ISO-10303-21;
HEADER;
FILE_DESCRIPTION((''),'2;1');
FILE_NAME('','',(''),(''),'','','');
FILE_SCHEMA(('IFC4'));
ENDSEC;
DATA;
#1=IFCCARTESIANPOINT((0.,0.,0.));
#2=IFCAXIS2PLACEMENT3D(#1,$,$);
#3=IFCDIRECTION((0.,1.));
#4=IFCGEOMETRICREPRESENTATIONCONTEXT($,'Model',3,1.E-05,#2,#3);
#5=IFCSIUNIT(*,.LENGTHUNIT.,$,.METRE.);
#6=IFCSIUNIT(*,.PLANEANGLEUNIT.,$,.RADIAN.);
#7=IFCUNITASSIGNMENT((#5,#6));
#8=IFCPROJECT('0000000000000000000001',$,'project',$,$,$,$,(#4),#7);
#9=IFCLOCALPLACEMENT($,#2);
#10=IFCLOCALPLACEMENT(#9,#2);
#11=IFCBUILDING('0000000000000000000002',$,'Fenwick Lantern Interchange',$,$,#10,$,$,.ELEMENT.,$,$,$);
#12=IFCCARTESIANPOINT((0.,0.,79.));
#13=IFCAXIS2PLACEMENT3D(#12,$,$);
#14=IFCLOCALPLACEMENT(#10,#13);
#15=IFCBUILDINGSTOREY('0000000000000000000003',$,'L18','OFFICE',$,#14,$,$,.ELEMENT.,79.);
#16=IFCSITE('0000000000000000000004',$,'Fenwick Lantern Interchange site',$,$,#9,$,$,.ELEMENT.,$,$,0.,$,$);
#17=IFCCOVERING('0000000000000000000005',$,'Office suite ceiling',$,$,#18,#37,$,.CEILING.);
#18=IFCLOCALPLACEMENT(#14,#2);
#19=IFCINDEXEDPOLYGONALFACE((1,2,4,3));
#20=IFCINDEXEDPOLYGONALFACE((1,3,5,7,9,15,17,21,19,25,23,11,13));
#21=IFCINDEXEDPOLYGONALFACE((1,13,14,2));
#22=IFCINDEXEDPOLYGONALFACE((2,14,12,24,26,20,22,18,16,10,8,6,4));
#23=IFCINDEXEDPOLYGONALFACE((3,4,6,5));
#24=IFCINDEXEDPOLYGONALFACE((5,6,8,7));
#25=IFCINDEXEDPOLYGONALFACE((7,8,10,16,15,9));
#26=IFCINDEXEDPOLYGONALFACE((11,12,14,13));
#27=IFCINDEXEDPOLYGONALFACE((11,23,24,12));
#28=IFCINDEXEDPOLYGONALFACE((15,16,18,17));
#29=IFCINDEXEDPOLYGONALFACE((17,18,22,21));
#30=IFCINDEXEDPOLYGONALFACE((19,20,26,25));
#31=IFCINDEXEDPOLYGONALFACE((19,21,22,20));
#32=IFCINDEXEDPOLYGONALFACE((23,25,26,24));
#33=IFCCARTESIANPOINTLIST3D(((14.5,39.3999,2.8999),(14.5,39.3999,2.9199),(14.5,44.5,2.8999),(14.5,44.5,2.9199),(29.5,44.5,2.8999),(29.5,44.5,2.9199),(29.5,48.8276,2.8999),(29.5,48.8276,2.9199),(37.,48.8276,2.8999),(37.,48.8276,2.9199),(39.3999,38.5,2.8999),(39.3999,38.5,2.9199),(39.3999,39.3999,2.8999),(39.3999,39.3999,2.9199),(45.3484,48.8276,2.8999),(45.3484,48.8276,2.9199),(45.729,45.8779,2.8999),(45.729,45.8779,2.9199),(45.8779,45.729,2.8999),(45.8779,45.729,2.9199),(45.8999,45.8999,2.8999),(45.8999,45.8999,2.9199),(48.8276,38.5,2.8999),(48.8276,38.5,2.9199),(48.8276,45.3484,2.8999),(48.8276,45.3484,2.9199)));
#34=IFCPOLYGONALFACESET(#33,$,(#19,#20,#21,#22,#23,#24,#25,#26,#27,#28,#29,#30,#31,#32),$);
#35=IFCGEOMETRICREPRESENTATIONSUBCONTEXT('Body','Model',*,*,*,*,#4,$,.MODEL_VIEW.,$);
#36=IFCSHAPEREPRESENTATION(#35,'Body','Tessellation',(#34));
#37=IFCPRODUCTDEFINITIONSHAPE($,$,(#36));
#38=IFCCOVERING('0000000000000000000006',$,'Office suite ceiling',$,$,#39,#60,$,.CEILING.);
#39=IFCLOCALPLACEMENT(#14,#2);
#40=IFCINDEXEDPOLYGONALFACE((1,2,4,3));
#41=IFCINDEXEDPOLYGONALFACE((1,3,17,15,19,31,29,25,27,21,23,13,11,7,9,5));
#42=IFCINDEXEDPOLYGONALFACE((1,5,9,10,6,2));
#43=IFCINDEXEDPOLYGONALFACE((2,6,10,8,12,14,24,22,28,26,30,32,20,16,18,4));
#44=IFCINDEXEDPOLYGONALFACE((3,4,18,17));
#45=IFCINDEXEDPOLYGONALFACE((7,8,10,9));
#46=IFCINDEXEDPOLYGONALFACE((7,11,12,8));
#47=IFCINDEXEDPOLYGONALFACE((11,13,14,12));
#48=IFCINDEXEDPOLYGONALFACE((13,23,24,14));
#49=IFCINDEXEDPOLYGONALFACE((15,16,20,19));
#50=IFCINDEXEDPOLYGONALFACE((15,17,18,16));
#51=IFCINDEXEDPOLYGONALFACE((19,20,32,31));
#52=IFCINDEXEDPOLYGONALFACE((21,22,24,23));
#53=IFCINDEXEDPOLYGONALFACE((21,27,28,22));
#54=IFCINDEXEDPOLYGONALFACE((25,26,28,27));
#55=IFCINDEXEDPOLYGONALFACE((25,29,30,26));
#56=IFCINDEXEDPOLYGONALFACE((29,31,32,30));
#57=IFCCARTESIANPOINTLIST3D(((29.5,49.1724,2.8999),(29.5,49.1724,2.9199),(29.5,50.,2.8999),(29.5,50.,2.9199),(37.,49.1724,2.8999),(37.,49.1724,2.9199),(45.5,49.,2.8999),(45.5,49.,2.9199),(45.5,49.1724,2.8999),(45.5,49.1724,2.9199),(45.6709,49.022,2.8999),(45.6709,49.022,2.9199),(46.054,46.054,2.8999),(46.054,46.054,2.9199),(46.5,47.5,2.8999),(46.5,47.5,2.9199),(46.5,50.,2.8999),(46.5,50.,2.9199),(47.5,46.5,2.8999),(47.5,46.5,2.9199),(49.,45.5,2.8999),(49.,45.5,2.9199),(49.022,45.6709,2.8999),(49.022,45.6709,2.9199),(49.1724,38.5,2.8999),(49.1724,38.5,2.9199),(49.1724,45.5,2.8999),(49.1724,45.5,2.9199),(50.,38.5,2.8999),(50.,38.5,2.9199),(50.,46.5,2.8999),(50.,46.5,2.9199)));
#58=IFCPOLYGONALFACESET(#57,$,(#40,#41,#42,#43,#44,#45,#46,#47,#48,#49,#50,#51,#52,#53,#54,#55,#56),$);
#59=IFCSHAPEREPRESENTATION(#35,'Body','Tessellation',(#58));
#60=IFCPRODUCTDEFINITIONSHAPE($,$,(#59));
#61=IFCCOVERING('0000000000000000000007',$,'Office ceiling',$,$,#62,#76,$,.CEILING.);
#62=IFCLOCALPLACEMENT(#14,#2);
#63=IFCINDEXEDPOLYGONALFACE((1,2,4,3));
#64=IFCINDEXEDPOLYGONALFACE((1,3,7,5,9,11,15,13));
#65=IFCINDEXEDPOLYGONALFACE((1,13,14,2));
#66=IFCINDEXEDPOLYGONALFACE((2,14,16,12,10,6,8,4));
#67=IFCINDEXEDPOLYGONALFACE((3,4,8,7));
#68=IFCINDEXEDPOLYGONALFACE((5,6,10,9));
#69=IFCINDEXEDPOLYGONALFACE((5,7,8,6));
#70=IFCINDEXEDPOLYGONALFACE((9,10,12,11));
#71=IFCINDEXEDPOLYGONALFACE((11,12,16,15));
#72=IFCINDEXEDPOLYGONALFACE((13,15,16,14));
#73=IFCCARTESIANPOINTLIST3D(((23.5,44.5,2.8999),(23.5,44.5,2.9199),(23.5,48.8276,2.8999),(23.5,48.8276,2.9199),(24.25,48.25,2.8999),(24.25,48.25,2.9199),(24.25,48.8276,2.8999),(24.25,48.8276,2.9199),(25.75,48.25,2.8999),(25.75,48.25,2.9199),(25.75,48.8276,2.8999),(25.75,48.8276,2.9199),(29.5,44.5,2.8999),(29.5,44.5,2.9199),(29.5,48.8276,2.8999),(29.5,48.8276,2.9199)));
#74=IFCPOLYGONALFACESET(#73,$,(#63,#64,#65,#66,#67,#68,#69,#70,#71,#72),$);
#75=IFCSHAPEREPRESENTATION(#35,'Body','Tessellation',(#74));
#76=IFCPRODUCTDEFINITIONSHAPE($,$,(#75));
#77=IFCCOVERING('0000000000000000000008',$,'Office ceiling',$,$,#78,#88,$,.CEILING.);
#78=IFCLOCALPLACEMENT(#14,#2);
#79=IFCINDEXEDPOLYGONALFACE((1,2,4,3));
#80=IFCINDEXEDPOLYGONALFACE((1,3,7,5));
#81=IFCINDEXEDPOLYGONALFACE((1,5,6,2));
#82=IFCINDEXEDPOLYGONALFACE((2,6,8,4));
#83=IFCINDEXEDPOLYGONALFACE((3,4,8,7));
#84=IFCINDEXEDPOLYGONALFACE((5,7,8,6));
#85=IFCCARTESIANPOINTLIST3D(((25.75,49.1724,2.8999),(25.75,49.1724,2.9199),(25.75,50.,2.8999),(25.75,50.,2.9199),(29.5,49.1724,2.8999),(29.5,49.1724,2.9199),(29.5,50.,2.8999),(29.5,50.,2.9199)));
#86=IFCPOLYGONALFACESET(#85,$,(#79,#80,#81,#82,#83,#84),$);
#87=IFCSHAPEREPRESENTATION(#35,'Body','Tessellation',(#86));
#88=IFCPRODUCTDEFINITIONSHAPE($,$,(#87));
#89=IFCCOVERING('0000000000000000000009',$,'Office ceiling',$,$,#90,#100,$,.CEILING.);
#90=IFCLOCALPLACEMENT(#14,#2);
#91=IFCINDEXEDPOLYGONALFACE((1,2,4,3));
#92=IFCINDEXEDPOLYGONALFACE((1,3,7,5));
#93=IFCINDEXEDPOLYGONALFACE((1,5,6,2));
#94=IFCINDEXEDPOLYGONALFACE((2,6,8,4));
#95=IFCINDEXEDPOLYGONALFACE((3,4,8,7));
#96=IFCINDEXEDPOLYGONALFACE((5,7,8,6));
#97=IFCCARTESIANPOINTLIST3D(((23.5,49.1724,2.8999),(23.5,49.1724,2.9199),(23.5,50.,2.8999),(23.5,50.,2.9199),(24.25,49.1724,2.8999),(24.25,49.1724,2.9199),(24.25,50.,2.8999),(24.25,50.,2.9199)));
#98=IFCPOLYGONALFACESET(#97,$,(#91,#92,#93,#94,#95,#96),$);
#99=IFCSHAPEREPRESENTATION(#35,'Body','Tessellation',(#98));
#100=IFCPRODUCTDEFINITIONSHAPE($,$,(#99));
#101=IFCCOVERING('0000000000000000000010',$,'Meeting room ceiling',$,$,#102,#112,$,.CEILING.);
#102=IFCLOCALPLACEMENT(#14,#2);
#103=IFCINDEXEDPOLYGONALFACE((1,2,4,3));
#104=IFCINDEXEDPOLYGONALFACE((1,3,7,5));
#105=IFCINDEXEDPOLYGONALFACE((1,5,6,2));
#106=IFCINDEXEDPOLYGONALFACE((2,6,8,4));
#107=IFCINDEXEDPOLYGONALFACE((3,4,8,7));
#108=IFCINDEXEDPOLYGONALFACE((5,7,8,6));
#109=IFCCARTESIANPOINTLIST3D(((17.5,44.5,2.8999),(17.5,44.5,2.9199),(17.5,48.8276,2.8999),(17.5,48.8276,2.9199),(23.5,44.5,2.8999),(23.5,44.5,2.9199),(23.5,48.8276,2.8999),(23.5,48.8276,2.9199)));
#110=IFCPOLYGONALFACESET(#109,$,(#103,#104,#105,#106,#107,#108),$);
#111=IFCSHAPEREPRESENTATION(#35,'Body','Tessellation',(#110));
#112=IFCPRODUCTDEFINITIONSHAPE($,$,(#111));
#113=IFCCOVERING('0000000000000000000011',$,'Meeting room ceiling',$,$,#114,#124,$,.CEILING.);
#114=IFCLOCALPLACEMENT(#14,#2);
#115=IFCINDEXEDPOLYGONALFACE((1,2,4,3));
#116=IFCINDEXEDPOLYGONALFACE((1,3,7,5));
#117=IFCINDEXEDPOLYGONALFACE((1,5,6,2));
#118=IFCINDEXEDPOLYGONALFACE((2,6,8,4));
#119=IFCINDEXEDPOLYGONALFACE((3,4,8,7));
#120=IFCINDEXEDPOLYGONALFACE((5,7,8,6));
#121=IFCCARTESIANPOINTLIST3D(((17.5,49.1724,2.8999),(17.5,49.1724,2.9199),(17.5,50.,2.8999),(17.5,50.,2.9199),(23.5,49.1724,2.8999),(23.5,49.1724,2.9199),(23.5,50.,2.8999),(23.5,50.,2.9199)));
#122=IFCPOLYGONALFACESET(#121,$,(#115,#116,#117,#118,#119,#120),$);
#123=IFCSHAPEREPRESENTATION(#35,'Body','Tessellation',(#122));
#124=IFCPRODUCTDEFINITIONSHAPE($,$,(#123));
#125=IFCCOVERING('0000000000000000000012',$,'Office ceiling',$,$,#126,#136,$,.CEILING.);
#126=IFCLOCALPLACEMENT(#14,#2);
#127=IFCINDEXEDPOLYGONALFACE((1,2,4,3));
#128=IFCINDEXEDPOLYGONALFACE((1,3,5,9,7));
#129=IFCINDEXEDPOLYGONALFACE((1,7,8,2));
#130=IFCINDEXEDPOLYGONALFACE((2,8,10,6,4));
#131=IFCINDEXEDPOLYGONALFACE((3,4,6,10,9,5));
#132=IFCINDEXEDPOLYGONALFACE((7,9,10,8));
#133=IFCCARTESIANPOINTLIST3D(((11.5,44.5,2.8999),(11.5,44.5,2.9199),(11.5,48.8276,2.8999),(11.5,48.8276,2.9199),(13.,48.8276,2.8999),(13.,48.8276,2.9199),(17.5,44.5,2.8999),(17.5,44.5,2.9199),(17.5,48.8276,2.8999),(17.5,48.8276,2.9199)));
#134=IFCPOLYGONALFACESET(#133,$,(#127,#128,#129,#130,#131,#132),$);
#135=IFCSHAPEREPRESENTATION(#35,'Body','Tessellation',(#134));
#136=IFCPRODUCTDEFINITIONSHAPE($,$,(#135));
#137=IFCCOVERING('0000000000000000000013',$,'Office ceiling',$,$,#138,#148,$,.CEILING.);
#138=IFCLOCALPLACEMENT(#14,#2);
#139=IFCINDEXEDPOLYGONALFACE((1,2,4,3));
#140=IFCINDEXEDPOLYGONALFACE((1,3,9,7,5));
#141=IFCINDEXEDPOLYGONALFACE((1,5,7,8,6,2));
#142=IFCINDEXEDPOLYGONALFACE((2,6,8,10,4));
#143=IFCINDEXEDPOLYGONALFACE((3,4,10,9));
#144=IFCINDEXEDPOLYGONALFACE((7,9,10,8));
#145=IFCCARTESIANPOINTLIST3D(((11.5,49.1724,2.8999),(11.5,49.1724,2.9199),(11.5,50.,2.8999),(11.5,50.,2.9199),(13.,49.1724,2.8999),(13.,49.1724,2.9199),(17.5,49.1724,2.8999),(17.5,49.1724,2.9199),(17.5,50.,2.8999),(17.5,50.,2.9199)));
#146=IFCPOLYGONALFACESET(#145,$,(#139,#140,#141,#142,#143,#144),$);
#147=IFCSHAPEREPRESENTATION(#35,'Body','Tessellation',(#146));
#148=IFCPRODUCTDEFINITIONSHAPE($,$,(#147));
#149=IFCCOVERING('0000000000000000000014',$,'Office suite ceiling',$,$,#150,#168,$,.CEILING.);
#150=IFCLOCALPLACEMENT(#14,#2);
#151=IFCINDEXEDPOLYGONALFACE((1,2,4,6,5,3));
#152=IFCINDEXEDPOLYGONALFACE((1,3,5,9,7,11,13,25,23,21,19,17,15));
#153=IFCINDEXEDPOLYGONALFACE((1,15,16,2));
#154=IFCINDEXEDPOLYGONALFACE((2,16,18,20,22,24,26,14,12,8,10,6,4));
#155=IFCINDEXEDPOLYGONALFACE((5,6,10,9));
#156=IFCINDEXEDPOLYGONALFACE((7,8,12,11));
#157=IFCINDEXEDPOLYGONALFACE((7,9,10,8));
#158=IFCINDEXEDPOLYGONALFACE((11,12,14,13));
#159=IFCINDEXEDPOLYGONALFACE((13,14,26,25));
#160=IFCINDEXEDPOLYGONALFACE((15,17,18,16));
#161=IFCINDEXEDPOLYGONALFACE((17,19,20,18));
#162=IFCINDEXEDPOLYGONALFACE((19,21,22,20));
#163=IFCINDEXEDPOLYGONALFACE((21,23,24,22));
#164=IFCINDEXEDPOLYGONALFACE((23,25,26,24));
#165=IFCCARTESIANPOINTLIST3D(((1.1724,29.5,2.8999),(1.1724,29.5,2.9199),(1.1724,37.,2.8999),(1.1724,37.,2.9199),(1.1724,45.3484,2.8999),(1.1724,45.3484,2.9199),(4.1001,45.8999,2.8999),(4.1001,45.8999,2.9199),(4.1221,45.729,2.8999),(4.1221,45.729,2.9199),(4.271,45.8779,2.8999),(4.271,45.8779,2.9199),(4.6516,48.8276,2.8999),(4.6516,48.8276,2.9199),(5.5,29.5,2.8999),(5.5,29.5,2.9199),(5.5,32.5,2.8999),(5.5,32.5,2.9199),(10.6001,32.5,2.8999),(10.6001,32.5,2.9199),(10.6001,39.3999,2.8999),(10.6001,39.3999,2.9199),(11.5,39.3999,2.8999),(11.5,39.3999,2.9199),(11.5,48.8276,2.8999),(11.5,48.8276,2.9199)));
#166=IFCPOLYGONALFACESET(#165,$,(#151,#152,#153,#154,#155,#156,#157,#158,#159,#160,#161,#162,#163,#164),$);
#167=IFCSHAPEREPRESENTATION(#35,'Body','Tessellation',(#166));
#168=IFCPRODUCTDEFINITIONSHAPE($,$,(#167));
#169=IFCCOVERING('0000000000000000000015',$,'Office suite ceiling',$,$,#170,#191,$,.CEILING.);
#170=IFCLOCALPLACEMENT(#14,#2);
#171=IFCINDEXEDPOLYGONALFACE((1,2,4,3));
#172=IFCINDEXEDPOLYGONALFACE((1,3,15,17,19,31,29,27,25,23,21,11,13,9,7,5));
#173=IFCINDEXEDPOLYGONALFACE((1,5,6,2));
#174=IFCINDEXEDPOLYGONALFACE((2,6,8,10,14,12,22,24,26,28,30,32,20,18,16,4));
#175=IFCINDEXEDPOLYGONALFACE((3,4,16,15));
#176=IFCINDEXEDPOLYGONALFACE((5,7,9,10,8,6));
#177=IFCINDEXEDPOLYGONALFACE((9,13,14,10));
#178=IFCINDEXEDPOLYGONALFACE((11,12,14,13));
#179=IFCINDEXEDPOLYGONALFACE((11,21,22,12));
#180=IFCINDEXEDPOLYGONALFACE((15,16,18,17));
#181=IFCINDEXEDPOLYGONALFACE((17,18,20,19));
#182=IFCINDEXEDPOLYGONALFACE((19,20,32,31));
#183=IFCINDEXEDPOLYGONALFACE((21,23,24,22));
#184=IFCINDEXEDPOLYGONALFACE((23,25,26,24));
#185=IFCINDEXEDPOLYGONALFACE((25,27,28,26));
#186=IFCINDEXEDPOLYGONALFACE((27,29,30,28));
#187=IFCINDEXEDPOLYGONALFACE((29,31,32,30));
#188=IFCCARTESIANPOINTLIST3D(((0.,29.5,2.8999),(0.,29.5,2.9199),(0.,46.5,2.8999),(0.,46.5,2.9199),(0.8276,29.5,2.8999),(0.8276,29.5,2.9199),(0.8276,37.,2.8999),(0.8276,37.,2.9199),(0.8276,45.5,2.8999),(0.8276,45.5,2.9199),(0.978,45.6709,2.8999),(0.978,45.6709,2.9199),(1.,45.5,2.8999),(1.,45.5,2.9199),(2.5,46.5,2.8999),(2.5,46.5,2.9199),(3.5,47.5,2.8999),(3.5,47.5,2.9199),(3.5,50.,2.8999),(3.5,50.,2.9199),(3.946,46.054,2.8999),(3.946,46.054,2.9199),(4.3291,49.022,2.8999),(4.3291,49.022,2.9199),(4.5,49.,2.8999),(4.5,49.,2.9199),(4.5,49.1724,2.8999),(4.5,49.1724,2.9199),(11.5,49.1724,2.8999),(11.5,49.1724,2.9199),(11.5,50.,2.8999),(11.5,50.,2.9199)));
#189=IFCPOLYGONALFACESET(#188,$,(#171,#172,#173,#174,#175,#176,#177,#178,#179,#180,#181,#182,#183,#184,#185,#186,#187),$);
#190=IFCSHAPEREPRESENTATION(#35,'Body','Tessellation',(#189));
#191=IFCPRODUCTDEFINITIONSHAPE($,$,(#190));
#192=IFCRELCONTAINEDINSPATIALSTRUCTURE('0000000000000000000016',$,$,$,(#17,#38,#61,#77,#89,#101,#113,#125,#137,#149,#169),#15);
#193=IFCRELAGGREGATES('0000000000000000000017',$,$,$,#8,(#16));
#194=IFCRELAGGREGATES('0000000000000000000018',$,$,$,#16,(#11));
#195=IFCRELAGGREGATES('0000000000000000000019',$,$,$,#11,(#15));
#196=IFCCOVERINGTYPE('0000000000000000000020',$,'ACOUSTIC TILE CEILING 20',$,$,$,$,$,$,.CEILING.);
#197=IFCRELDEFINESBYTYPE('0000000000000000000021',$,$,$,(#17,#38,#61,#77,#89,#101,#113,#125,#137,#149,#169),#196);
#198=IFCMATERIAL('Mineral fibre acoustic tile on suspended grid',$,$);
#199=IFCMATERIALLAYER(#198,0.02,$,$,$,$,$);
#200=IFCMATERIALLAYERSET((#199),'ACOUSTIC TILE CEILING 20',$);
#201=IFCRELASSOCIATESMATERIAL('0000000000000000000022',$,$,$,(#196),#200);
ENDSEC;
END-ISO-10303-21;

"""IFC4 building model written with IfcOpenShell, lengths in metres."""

from ifc_helpers import new_model, si_unit, direction, frame, origin, place, context, subcontext, project, spatial, polyline, outline, extrude, material, layer, layer_set, type_object, element, save


model = new_model("IFC4")

# Units and contexts
model_context = context("Model", 3, precision=1e-05, world=origin(), true_north=direction((0.0, 1.0)))
body_context = subcontext(model_context, "Body", "Model", "MODEL_VIEW")
ifc_project = project(units=[si_unit("LENGTHUNIT", "METRE"), si_unit("PLANEANGLEUNIT", "RADIAN")], contexts=[model_context])

# Site, building, storey
site_placement = place(None, origin())
site = spatial("IfcSite", under=ifc_project, at=site_placement, Name="Fenwick Lantern Interchange site", CompositionType="ELEMENT", RefElevation=0.0)
building_placement = place(site_placement, origin())
building = spatial("IfcBuilding", under=site, at=building_placement, Name="Fenwick Lantern Interchange", CompositionType="ELEMENT")
storey_placement = place(building_placement, frame((0.0, 0.0, 79.0)))
storey = spatial("IfcBuildingStorey", under=building, at=storey_placement, Name="L18", Description="OFFICE", CompositionType="ELEMENT", Elevation=79.0)

# Coverings
ifc_material_1 = material(Name="Mineral fibre acoustic tile on suspended grid")
ifc_layer_1 = layer(ifc_material_1, 0.02)
ifc_layer_set_1 = layer_set([ifc_layer_1], Name="ACOUSTIC TILE CEILING 20")
covering_type_1 = type_object("IfcCoveringType", Name="ACOUSTIC TILE CEILING 20", PredefinedType="CEILING", material=ifc_layer_set_1)
covering_1_placement = place(storey_placement, frame((0.0, 0.0, 2.8999)))
element("IfcCovering", 1, at=covering_1_placement, inside=storey, type_object=covering_type_1, Name="Office suite ceiling", PredefinedType="CEILING", context=body_context, shape_type="SweptSolid", body=[
    extrude(outline(polyline([(39.3999, 38.5), (48.8276, 38.5), (48.8276, 45.3484), (45.8779, 45.729), (45.8999, 45.8999), (45.729, 45.8779), (45.3484, 48.8276), (37.0, 48.8276), (29.5, 48.8276), (29.5, 44.5), (14.5, 44.5), (14.5, 39.3999), (39.3999, 39.3999), (39.3999, 38.5)])), origin(), (0.0, 0.0, 1.0), 0.02),
])
covering_2_placement = place(storey_placement, frame((0.0, 0.0, 2.8999)))
element("IfcCovering", 2, at=covering_2_placement, inside=storey, type_object=covering_type_1, Name="Office suite ceiling", PredefinedType="CEILING", context=body_context, shape_type="SweptSolid", body=[
    extrude(outline(polyline([(46.5, 50.0), (29.5, 50.0), (29.5, 49.1724), (37.0, 49.1724), (45.5, 49.1724), (45.5, 49.0), (45.6709, 49.022), (46.054, 46.054), (49.022, 45.6709), (49.0, 45.5), (49.1724, 45.5), (49.1724, 38.5), (50.0, 38.5), (50.0, 46.5), (47.5, 46.5), (46.5, 47.5), (46.5, 50.0)])), origin(), (0.0, 0.0, 1.0), 0.02),
])
covering_3_placement = place(storey_placement, frame((0.0, 0.0, 2.8999)))
element("IfcCovering", 3, at=covering_3_placement, inside=storey, type_object=covering_type_1, Name="Office ceiling", PredefinedType="CEILING", context=body_context, shape_type="SweptSolid", body=[
    extrude(outline(polyline([(29.5, 44.5), (29.5, 48.8276), (25.75, 48.8276), (25.75, 48.25), (24.25, 48.25), (24.25, 48.8276), (23.5, 48.8276), (23.5, 44.5), (29.5, 44.5)])), origin(), (0.0, 0.0, 1.0), 0.02),
])
covering_4_placement = place(storey_placement, frame((0.0, 0.0, 2.8999)))
element("IfcCovering", 4, at=covering_4_placement, inside=storey, type_object=covering_type_1, Name="Office ceiling", PredefinedType="CEILING", context=body_context, shape_type="SweptSolid", body=[
    extrude(outline(polyline([(29.5, 49.1724), (29.5, 50.0), (25.75, 50.0), (25.75, 49.1724), (29.5, 49.1724)])), origin(), (0.0, 0.0, 1.0), 0.02),
])
covering_5_placement = place(storey_placement, frame((0.0, 0.0, 2.8999)))
element("IfcCovering", 5, at=covering_5_placement, inside=storey, type_object=covering_type_1, Name="Office ceiling", PredefinedType="CEILING", context=body_context, shape_type="SweptSolid", body=[
    extrude(outline(polyline([(23.5, 50.0), (23.5, 49.1724), (24.25, 49.1724), (24.25, 50.0), (23.5, 50.0)])), origin(), (0.0, 0.0, 1.0), 0.02),
])
covering_6_placement = place(storey_placement, frame((0.0, 0.0, 2.8999)))
element("IfcCovering", 6, at=covering_6_placement, inside=storey, type_object=covering_type_1, Name="Meeting room ceiling", PredefinedType="CEILING", context=body_context, shape_type="SweptSolid", body=[
    extrude(outline(polyline([(23.5, 44.5), (23.5, 48.8276), (17.5, 48.8276), (17.5, 44.5), (23.5, 44.5)])), origin(), (0.0, 0.0, 1.0), 0.02),
])
covering_7_placement = place(storey_placement, frame((0.0, 0.0, 2.8999)))
element("IfcCovering", 7, at=covering_7_placement, inside=storey, type_object=covering_type_1, Name="Meeting room ceiling", PredefinedType="CEILING", context=body_context, shape_type="SweptSolid", body=[
    extrude(outline(polyline([(17.5, 50.0), (17.5, 49.1724), (23.5, 49.1724), (23.5, 50.0), (17.5, 50.0)])), origin(), (0.0, 0.0, 1.0), 0.02),
])
covering_8_placement = place(storey_placement, frame((0.0, 0.0, 2.8999)))
element("IfcCovering", 8, at=covering_8_placement, inside=storey, type_object=covering_type_1, Name="Office ceiling", PredefinedType="CEILING", context=body_context, shape_type="SweptSolid", body=[
    extrude(outline(polyline([(17.5, 44.5), (17.5, 48.8276), (13.0, 48.8276), (11.5, 48.8276), (11.5, 44.5), (17.5, 44.5)])), origin(), (0.0, 0.0, 1.0), 0.02),
])
covering_9_placement = place(storey_placement, frame((0.0, 0.0, 2.8999)))
element("IfcCovering", 9, at=covering_9_placement, inside=storey, type_object=covering_type_1, Name="Office ceiling", PredefinedType="CEILING", context=body_context, shape_type="SweptSolid", body=[
    extrude(outline(polyline([(11.5, 50.0), (11.5, 49.1724), (13.0, 49.1724), (17.5, 49.1724), (17.5, 50.0), (11.5, 50.0)])), origin(), (0.0, 0.0, 1.0), 0.02),
])
covering_10_placement = place(storey_placement, frame((0.0, 0.0, 2.8999)))
element("IfcCovering", 10, at=covering_10_placement, inside=storey, type_object=covering_type_1, Name="Office suite ceiling", PredefinedType="CEILING", context=body_context, shape_type="SweptSolid", body=[
    extrude(outline(polyline([(1.1724, 29.5), (5.5, 29.5), (5.5, 32.5), (10.6001, 32.5), (10.6001, 39.3999), (11.5, 39.3999), (11.5, 48.8276), (4.6516, 48.8276), (4.271, 45.8779), (4.1001, 45.8999), (4.1221, 45.729), (1.1724, 45.3484), (1.1724, 37.0), (1.1724, 29.5)])), origin(), (0.0, 0.0, 1.0), 0.02),
])
covering_11_placement = place(storey_placement, frame((0.0, 0.0, 2.8999)))
element("IfcCovering", 11, at=covering_11_placement, inside=storey, type_object=covering_type_1, Name="Office suite ceiling", PredefinedType="CEILING", context=body_context, shape_type="SweptSolid", body=[
    extrude(outline(polyline([(0.0, 29.5), (0.8276, 29.5), (0.8276, 37.0), (0.8276, 45.5), (1.0, 45.5), (0.978, 45.6709), (3.946, 46.054), (4.3291, 49.022), (4.5, 49.0), (4.5, 49.1724), (11.5, 49.1724), (11.5, 50.0), (3.5, 50.0), (3.5, 47.5), (2.5, 46.5), (0.0, 46.5), (0.0, 29.5)])), origin(), (0.0, 0.0, 1.0), 0.02),
])

save(model, "model.ifc")
